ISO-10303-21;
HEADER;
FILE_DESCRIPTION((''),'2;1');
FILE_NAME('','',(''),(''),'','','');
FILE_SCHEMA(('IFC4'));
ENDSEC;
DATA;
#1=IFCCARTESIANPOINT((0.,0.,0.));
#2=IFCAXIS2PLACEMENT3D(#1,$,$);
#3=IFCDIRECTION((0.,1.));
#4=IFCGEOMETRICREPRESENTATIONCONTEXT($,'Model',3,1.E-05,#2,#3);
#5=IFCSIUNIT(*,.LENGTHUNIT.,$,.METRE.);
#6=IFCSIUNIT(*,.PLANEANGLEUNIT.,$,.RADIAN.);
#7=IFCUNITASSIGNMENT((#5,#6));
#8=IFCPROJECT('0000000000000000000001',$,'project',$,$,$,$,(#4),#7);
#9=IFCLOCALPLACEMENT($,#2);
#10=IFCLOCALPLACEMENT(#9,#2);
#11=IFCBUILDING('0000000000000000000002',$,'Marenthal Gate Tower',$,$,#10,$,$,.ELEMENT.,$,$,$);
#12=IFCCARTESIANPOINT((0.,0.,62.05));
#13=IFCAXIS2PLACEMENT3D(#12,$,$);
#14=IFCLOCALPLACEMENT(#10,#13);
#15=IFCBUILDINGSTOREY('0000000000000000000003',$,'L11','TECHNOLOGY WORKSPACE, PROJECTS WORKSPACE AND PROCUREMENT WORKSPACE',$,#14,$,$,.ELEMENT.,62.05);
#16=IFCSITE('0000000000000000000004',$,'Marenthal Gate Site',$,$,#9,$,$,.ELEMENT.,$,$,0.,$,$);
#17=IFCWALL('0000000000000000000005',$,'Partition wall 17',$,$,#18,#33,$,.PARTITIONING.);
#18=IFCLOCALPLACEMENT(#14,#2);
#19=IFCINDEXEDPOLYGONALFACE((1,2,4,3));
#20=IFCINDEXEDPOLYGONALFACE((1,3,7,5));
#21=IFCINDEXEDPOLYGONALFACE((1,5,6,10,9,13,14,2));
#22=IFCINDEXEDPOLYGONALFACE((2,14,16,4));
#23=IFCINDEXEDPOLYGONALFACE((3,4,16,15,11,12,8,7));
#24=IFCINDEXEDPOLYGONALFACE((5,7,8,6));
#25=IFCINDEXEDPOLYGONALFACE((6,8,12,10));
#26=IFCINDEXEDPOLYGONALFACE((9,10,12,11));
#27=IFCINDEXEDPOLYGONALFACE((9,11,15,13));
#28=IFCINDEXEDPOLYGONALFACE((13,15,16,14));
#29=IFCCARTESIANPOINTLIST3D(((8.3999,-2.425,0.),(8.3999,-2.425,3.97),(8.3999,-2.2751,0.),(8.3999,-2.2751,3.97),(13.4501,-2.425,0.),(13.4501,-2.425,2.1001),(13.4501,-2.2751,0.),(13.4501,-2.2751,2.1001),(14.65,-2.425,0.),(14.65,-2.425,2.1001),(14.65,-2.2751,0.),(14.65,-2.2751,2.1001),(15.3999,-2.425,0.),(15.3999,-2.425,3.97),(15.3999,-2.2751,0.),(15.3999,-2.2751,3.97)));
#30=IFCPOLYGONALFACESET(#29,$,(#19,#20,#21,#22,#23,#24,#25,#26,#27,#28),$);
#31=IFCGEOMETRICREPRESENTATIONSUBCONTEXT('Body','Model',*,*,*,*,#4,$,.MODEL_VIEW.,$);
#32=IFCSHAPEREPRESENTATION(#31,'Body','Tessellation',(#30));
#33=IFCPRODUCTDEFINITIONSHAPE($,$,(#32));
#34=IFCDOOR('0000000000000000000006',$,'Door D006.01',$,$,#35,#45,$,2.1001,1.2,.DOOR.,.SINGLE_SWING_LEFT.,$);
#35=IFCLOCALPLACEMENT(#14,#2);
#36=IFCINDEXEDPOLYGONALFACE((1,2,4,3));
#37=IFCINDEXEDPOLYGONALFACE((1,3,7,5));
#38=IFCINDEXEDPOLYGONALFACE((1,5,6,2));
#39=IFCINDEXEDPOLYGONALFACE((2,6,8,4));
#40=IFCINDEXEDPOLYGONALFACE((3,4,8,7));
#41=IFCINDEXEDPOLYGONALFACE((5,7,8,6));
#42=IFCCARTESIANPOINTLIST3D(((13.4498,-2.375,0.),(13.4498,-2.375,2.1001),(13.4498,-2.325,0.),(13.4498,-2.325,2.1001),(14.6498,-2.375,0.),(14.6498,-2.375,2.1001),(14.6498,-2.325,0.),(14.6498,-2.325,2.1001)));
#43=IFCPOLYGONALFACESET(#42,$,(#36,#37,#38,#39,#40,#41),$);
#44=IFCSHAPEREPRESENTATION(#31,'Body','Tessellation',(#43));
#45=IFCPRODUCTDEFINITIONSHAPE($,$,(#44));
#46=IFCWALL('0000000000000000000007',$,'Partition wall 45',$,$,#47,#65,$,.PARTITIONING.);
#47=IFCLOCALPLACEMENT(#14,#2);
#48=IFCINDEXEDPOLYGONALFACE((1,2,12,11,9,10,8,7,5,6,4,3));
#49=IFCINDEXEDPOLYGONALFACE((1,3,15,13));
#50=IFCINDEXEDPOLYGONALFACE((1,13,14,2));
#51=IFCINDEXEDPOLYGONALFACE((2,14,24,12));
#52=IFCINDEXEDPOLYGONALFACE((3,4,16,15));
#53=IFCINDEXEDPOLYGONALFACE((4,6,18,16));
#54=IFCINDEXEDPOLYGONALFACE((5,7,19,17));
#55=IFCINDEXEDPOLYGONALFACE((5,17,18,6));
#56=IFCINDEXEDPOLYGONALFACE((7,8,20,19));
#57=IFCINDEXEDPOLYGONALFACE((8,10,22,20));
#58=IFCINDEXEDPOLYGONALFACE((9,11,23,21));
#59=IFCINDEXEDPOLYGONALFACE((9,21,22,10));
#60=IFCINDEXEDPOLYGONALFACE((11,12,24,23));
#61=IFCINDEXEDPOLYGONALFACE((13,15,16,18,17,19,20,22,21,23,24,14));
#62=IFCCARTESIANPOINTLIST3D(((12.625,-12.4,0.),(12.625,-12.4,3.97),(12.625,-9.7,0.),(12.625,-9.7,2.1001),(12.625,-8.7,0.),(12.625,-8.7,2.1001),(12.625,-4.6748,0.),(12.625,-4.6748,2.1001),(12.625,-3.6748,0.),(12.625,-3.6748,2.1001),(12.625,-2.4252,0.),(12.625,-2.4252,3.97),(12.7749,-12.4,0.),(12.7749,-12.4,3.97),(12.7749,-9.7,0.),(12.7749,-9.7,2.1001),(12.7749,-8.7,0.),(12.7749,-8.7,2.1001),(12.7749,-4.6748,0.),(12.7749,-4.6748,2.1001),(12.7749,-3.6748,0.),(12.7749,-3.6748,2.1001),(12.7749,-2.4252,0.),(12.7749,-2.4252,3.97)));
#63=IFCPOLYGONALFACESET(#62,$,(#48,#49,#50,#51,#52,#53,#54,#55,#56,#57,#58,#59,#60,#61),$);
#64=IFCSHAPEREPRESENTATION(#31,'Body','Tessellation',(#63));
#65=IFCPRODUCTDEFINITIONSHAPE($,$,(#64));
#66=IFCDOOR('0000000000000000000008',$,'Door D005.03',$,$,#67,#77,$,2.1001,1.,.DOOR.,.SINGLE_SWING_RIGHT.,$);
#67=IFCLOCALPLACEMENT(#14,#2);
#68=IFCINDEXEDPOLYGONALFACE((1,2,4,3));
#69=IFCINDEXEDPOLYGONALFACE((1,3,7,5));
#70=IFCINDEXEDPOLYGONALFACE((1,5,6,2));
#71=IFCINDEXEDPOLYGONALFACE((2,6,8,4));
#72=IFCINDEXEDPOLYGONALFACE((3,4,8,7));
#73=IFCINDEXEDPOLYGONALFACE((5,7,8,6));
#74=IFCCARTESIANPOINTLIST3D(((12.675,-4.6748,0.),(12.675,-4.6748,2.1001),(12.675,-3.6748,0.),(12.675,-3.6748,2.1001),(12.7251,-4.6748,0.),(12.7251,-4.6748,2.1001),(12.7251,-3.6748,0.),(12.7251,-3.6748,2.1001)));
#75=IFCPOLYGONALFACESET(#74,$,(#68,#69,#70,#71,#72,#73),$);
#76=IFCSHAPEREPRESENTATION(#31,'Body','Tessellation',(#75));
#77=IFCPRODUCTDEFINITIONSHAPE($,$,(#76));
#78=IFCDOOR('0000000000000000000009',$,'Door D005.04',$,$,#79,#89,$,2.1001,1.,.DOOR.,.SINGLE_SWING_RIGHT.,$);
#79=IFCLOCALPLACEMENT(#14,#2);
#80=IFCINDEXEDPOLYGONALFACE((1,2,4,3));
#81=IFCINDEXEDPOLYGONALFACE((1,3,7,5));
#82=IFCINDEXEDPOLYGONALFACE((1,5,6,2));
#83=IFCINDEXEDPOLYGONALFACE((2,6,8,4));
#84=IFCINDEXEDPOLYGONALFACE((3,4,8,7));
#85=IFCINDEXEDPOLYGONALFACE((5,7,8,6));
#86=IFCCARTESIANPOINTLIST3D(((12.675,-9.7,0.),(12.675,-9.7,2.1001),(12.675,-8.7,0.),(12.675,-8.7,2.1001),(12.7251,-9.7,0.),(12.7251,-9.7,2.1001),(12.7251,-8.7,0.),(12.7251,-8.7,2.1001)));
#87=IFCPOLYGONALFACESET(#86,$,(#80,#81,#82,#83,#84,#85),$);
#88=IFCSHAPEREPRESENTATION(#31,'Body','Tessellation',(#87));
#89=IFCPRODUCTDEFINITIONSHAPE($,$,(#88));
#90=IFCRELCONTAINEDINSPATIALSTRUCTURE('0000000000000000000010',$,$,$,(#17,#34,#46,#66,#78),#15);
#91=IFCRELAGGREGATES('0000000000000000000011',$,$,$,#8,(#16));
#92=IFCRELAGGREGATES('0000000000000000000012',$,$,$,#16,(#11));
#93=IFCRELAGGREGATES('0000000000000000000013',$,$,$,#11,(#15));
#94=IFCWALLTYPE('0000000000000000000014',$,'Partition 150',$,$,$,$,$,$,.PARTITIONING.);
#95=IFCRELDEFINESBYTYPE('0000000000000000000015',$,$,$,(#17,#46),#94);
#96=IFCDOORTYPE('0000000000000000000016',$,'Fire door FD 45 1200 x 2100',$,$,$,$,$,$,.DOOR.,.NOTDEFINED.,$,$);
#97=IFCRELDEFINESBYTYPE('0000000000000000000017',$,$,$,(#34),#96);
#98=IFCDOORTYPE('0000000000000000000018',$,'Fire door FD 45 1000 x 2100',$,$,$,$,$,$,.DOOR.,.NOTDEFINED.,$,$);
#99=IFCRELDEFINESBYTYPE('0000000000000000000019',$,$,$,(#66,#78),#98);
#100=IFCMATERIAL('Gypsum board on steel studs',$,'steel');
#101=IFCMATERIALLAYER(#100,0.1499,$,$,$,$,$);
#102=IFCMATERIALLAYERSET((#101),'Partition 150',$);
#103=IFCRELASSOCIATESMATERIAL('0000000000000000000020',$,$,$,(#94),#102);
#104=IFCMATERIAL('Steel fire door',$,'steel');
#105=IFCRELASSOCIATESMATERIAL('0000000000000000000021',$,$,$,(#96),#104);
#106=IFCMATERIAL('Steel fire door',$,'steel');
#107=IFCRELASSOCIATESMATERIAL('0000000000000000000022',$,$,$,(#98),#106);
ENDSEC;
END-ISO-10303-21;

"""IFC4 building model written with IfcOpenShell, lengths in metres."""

from ifc_helpers import new_model, si_unit, direction, frame, frame_2d, origin, place, context, subcontext, project, spatial, rectangle, extrude, material, layer, layer_set, type_object, element, fill, save


model = new_model("IFC4")

# Units and contexts
model_context = context("Model", 3, precision=1e-05, world=origin(), true_north=direction((0.0, 1.0)))
body_context = subcontext(model_context, "Body", "Model", "MODEL_VIEW")
ifc_project = project(units=[si_unit("LENGTHUNIT", "METRE"), si_unit("PLANEANGLEUNIT", "RADIAN")], contexts=[model_context])

# Site, building, storey
site_placement = place(None, origin())
site = spatial("IfcSite", under=ifc_project, at=site_placement, Name="Marenthal Gate Site", CompositionType="ELEMENT", RefElevation=0.0)
building_placement = place(site_placement, origin())
building = spatial("IfcBuilding", under=site, at=building_placement, Name="Marenthal Gate Tower", CompositionType="ELEMENT")
storey_placement = place(building_placement, frame((0.0, 0.0, 62.05)))
storey = spatial("IfcBuildingStorey", under=building, at=storey_placement, Name="L11", Description="TECHNOLOGY WORKSPACE, PROJECTS WORKSPACE AND PROCUREMENT WORKSPACE", CompositionType="ELEMENT", Elevation=62.05)

# Shared definitions
ifc_material_1 = material(Name="Gypsum board on steel studs", Category="steel")
ifc_layer_1 = layer(ifc_material_1, 0.1499)
ifc_layer_set_1 = layer_set([ifc_layer_1], Name="Partition 150")
wall_type_1 = type_object("IfcWallType", Name="Partition 150", PredefinedType="PARTITIONING", material=ifc_layer_set_1)

# Wall, opening, door
wall_1_placement = place(storey_placement, frame((8.3999, -2.3501, 0.0), z_axis=(0.0, 0.0, 1.0), x_axis=(1.0, 0.0, 0.0)))
wall_1 = element("IfcWall", 1, at=wall_1_placement, inside=storey, type_object=wall_type_1, Name="Partition wall 17", PredefinedType="PARTITIONING", context=body_context, shape_type="SweptSolid", body=[
    extrude(rectangle(XDim=7.0, YDim=0.1499, at=frame_2d((3.5, 0.0))), origin(), (0.0, 0.0, 1.0), 3.97),
])
opening_1_placement = place(wall_1_placement, frame((5.05, 0.0, 0.0)))
opening_1 = element("IfcOpeningElement", 2, at=opening_1_placement, cuts=wall_1, PredefinedType="OPENING", context=body_context, shape_type="SweptSolid", body=[
    extrude(rectangle(XDim=1.2, YDim=2.1001, at=frame_2d((0.6001, 1.05))), frame((0.0, 0.085, 0.0), z_axis=(0.0, -1.0, 0.0), x_axis=(1.0, 0.0, 0.0)), (0.0, 0.0, 1.0), 0.1699),
])
ifc_material_2 = material(Name="Steel fire door", Category="steel")
door_type_1 = type_object("IfcDoorType", Name="Fire door FD 45 1200 x 2100", OperationType="NOTDEFINED", PredefinedType="DOOR", material=ifc_material_2)
door_1_placement = place(opening_1_placement, frame((1.2, 0.0, 0.0), z_axis=(0.0, 0.0, 1.0), x_axis=(-1.0, 0.0, 0.0)))
door_1 = element("IfcDoor", 3, at=door_1_placement, inside=storey, type_object=door_type_1, Name="Door D006.01", OperationType="SINGLE_SWING_LEFT", OverallHeight=2.1001, OverallWidth=1.2, PredefinedType="DOOR", context=body_context, shape_type="SweptSolid", body=[
    extrude(rectangle(XDim=1.2, YDim=2.1001, at=frame_2d((0.6001, 1.05))), frame((0.0, 0.0249, 0.0), z_axis=(0.0, -1.0, 0.0), x_axis=(1.0, 0.0, 0.0)), (0.0, 0.0, 1.0), 0.05),
])
fill(opening_1, door_1)

# Wall, openings, doors
wall_2_placement = place(storey_placement, frame((12.7, -12.3999, 0.0), z_axis=(0.0, 0.0, 1.0), x_axis=(0.0, 1.0, 0.0)))
wall_2 = element("IfcWall", 4, at=wall_2_placement, inside=storey, type_object=wall_type_1, Name="Partition wall 45", PredefinedType="PARTITIONING", context=body_context, shape_type="SweptSolid", body=[
    extrude(rectangle(XDim=9.9749, YDim=0.1499, at=frame_2d((4.9873, 0.0))), origin(), (0.0, 0.0, 1.0), 3.97),
])
opening_2_placement = place(wall_2_placement, frame((7.7251, 0.0, 0.0)))
opening_2 = element("IfcOpeningElement", 5, at=opening_2_placement, cuts=wall_2, PredefinedType="OPENING", context=body_context, shape_type="SweptSolid", body=[
    extrude(rectangle(XDim=1.0, YDim=2.1001, at=frame_2d((0.5, 1.05))), frame((0.0, 0.085, 0.0), z_axis=(0.0, -1.0, 0.0), x_axis=(1.0, 0.0, 0.0)), (0.0, 0.0, 1.0), 0.1699),
])
opening_3_placement = place(wall_2_placement, frame((2.7, 0.0, 0.0)))
opening_3 = element("IfcOpeningElement", 6, at=opening_3_placement, cuts=wall_2, PredefinedType="OPENING", context=body_context, shape_type="SweptSolid", body=[
    extrude(rectangle(XDim=1.0, YDim=2.1001, at=frame_2d((0.5, 1.05))), frame((0.0, 0.085, 0.0), z_axis=(0.0, -1.0, 0.0), x_axis=(1.0, 0.0, 0.0)), (0.0, 0.0, 1.0), 0.1699),
])
ifc_material_3 = material(Name="Steel fire door", Category="steel")
door_type_2 = type_object("IfcDoorType", Name="Fire door FD 45 1000 x 2100", OperationType="NOTDEFINED", PredefinedType="DOOR", material=ifc_material_3)
door_2_placement = place(opening_2_placement, origin())
door_2 = element("IfcDoor", 7, at=door_2_placement, inside=storey, type_object=door_type_2, Name="Door D005.03", OperationType="SINGLE_SWING_RIGHT", OverallHeight=2.1001, OverallWidth=1.0, PredefinedType="DOOR", context=body_context, shape_type="SweptSolid", body=[
    extrude(rectangle(XDim=1.0, YDim=2.1001, at=frame_2d((0.5, 1.05))), frame((0.0, 0.0249, 0.0), z_axis=(0.0, -1.0, 0.0), x_axis=(1.0, 0.0, 0.0)), (0.0, 0.0, 1.0), 0.05),
])
fill(opening_2, door_2)
door_3_placement = place(opening_3_placement, origin())
door_3 = element("IfcDoor", 8, at=door_3_placement, inside=storey, type_object=door_type_2, Name="Door D005.04", OperationType="SINGLE_SWING_RIGHT", OverallHeight=2.1001, OverallWidth=1.0, PredefinedType="DOOR", context=body_context, shape_type="SweptSolid", body=[
    extrude(rectangle(XDim=1.0, YDim=2.1001, at=frame_2d((0.5, 1.05))), frame((0.0, 0.0249, 0.0), z_axis=(0.0, -1.0, 0.0), x_axis=(1.0, 0.0, 0.0)), (0.0, 0.0, 1.0), 0.05),
])
fill(opening_3, door_3)

save(model, "model.ifc")
